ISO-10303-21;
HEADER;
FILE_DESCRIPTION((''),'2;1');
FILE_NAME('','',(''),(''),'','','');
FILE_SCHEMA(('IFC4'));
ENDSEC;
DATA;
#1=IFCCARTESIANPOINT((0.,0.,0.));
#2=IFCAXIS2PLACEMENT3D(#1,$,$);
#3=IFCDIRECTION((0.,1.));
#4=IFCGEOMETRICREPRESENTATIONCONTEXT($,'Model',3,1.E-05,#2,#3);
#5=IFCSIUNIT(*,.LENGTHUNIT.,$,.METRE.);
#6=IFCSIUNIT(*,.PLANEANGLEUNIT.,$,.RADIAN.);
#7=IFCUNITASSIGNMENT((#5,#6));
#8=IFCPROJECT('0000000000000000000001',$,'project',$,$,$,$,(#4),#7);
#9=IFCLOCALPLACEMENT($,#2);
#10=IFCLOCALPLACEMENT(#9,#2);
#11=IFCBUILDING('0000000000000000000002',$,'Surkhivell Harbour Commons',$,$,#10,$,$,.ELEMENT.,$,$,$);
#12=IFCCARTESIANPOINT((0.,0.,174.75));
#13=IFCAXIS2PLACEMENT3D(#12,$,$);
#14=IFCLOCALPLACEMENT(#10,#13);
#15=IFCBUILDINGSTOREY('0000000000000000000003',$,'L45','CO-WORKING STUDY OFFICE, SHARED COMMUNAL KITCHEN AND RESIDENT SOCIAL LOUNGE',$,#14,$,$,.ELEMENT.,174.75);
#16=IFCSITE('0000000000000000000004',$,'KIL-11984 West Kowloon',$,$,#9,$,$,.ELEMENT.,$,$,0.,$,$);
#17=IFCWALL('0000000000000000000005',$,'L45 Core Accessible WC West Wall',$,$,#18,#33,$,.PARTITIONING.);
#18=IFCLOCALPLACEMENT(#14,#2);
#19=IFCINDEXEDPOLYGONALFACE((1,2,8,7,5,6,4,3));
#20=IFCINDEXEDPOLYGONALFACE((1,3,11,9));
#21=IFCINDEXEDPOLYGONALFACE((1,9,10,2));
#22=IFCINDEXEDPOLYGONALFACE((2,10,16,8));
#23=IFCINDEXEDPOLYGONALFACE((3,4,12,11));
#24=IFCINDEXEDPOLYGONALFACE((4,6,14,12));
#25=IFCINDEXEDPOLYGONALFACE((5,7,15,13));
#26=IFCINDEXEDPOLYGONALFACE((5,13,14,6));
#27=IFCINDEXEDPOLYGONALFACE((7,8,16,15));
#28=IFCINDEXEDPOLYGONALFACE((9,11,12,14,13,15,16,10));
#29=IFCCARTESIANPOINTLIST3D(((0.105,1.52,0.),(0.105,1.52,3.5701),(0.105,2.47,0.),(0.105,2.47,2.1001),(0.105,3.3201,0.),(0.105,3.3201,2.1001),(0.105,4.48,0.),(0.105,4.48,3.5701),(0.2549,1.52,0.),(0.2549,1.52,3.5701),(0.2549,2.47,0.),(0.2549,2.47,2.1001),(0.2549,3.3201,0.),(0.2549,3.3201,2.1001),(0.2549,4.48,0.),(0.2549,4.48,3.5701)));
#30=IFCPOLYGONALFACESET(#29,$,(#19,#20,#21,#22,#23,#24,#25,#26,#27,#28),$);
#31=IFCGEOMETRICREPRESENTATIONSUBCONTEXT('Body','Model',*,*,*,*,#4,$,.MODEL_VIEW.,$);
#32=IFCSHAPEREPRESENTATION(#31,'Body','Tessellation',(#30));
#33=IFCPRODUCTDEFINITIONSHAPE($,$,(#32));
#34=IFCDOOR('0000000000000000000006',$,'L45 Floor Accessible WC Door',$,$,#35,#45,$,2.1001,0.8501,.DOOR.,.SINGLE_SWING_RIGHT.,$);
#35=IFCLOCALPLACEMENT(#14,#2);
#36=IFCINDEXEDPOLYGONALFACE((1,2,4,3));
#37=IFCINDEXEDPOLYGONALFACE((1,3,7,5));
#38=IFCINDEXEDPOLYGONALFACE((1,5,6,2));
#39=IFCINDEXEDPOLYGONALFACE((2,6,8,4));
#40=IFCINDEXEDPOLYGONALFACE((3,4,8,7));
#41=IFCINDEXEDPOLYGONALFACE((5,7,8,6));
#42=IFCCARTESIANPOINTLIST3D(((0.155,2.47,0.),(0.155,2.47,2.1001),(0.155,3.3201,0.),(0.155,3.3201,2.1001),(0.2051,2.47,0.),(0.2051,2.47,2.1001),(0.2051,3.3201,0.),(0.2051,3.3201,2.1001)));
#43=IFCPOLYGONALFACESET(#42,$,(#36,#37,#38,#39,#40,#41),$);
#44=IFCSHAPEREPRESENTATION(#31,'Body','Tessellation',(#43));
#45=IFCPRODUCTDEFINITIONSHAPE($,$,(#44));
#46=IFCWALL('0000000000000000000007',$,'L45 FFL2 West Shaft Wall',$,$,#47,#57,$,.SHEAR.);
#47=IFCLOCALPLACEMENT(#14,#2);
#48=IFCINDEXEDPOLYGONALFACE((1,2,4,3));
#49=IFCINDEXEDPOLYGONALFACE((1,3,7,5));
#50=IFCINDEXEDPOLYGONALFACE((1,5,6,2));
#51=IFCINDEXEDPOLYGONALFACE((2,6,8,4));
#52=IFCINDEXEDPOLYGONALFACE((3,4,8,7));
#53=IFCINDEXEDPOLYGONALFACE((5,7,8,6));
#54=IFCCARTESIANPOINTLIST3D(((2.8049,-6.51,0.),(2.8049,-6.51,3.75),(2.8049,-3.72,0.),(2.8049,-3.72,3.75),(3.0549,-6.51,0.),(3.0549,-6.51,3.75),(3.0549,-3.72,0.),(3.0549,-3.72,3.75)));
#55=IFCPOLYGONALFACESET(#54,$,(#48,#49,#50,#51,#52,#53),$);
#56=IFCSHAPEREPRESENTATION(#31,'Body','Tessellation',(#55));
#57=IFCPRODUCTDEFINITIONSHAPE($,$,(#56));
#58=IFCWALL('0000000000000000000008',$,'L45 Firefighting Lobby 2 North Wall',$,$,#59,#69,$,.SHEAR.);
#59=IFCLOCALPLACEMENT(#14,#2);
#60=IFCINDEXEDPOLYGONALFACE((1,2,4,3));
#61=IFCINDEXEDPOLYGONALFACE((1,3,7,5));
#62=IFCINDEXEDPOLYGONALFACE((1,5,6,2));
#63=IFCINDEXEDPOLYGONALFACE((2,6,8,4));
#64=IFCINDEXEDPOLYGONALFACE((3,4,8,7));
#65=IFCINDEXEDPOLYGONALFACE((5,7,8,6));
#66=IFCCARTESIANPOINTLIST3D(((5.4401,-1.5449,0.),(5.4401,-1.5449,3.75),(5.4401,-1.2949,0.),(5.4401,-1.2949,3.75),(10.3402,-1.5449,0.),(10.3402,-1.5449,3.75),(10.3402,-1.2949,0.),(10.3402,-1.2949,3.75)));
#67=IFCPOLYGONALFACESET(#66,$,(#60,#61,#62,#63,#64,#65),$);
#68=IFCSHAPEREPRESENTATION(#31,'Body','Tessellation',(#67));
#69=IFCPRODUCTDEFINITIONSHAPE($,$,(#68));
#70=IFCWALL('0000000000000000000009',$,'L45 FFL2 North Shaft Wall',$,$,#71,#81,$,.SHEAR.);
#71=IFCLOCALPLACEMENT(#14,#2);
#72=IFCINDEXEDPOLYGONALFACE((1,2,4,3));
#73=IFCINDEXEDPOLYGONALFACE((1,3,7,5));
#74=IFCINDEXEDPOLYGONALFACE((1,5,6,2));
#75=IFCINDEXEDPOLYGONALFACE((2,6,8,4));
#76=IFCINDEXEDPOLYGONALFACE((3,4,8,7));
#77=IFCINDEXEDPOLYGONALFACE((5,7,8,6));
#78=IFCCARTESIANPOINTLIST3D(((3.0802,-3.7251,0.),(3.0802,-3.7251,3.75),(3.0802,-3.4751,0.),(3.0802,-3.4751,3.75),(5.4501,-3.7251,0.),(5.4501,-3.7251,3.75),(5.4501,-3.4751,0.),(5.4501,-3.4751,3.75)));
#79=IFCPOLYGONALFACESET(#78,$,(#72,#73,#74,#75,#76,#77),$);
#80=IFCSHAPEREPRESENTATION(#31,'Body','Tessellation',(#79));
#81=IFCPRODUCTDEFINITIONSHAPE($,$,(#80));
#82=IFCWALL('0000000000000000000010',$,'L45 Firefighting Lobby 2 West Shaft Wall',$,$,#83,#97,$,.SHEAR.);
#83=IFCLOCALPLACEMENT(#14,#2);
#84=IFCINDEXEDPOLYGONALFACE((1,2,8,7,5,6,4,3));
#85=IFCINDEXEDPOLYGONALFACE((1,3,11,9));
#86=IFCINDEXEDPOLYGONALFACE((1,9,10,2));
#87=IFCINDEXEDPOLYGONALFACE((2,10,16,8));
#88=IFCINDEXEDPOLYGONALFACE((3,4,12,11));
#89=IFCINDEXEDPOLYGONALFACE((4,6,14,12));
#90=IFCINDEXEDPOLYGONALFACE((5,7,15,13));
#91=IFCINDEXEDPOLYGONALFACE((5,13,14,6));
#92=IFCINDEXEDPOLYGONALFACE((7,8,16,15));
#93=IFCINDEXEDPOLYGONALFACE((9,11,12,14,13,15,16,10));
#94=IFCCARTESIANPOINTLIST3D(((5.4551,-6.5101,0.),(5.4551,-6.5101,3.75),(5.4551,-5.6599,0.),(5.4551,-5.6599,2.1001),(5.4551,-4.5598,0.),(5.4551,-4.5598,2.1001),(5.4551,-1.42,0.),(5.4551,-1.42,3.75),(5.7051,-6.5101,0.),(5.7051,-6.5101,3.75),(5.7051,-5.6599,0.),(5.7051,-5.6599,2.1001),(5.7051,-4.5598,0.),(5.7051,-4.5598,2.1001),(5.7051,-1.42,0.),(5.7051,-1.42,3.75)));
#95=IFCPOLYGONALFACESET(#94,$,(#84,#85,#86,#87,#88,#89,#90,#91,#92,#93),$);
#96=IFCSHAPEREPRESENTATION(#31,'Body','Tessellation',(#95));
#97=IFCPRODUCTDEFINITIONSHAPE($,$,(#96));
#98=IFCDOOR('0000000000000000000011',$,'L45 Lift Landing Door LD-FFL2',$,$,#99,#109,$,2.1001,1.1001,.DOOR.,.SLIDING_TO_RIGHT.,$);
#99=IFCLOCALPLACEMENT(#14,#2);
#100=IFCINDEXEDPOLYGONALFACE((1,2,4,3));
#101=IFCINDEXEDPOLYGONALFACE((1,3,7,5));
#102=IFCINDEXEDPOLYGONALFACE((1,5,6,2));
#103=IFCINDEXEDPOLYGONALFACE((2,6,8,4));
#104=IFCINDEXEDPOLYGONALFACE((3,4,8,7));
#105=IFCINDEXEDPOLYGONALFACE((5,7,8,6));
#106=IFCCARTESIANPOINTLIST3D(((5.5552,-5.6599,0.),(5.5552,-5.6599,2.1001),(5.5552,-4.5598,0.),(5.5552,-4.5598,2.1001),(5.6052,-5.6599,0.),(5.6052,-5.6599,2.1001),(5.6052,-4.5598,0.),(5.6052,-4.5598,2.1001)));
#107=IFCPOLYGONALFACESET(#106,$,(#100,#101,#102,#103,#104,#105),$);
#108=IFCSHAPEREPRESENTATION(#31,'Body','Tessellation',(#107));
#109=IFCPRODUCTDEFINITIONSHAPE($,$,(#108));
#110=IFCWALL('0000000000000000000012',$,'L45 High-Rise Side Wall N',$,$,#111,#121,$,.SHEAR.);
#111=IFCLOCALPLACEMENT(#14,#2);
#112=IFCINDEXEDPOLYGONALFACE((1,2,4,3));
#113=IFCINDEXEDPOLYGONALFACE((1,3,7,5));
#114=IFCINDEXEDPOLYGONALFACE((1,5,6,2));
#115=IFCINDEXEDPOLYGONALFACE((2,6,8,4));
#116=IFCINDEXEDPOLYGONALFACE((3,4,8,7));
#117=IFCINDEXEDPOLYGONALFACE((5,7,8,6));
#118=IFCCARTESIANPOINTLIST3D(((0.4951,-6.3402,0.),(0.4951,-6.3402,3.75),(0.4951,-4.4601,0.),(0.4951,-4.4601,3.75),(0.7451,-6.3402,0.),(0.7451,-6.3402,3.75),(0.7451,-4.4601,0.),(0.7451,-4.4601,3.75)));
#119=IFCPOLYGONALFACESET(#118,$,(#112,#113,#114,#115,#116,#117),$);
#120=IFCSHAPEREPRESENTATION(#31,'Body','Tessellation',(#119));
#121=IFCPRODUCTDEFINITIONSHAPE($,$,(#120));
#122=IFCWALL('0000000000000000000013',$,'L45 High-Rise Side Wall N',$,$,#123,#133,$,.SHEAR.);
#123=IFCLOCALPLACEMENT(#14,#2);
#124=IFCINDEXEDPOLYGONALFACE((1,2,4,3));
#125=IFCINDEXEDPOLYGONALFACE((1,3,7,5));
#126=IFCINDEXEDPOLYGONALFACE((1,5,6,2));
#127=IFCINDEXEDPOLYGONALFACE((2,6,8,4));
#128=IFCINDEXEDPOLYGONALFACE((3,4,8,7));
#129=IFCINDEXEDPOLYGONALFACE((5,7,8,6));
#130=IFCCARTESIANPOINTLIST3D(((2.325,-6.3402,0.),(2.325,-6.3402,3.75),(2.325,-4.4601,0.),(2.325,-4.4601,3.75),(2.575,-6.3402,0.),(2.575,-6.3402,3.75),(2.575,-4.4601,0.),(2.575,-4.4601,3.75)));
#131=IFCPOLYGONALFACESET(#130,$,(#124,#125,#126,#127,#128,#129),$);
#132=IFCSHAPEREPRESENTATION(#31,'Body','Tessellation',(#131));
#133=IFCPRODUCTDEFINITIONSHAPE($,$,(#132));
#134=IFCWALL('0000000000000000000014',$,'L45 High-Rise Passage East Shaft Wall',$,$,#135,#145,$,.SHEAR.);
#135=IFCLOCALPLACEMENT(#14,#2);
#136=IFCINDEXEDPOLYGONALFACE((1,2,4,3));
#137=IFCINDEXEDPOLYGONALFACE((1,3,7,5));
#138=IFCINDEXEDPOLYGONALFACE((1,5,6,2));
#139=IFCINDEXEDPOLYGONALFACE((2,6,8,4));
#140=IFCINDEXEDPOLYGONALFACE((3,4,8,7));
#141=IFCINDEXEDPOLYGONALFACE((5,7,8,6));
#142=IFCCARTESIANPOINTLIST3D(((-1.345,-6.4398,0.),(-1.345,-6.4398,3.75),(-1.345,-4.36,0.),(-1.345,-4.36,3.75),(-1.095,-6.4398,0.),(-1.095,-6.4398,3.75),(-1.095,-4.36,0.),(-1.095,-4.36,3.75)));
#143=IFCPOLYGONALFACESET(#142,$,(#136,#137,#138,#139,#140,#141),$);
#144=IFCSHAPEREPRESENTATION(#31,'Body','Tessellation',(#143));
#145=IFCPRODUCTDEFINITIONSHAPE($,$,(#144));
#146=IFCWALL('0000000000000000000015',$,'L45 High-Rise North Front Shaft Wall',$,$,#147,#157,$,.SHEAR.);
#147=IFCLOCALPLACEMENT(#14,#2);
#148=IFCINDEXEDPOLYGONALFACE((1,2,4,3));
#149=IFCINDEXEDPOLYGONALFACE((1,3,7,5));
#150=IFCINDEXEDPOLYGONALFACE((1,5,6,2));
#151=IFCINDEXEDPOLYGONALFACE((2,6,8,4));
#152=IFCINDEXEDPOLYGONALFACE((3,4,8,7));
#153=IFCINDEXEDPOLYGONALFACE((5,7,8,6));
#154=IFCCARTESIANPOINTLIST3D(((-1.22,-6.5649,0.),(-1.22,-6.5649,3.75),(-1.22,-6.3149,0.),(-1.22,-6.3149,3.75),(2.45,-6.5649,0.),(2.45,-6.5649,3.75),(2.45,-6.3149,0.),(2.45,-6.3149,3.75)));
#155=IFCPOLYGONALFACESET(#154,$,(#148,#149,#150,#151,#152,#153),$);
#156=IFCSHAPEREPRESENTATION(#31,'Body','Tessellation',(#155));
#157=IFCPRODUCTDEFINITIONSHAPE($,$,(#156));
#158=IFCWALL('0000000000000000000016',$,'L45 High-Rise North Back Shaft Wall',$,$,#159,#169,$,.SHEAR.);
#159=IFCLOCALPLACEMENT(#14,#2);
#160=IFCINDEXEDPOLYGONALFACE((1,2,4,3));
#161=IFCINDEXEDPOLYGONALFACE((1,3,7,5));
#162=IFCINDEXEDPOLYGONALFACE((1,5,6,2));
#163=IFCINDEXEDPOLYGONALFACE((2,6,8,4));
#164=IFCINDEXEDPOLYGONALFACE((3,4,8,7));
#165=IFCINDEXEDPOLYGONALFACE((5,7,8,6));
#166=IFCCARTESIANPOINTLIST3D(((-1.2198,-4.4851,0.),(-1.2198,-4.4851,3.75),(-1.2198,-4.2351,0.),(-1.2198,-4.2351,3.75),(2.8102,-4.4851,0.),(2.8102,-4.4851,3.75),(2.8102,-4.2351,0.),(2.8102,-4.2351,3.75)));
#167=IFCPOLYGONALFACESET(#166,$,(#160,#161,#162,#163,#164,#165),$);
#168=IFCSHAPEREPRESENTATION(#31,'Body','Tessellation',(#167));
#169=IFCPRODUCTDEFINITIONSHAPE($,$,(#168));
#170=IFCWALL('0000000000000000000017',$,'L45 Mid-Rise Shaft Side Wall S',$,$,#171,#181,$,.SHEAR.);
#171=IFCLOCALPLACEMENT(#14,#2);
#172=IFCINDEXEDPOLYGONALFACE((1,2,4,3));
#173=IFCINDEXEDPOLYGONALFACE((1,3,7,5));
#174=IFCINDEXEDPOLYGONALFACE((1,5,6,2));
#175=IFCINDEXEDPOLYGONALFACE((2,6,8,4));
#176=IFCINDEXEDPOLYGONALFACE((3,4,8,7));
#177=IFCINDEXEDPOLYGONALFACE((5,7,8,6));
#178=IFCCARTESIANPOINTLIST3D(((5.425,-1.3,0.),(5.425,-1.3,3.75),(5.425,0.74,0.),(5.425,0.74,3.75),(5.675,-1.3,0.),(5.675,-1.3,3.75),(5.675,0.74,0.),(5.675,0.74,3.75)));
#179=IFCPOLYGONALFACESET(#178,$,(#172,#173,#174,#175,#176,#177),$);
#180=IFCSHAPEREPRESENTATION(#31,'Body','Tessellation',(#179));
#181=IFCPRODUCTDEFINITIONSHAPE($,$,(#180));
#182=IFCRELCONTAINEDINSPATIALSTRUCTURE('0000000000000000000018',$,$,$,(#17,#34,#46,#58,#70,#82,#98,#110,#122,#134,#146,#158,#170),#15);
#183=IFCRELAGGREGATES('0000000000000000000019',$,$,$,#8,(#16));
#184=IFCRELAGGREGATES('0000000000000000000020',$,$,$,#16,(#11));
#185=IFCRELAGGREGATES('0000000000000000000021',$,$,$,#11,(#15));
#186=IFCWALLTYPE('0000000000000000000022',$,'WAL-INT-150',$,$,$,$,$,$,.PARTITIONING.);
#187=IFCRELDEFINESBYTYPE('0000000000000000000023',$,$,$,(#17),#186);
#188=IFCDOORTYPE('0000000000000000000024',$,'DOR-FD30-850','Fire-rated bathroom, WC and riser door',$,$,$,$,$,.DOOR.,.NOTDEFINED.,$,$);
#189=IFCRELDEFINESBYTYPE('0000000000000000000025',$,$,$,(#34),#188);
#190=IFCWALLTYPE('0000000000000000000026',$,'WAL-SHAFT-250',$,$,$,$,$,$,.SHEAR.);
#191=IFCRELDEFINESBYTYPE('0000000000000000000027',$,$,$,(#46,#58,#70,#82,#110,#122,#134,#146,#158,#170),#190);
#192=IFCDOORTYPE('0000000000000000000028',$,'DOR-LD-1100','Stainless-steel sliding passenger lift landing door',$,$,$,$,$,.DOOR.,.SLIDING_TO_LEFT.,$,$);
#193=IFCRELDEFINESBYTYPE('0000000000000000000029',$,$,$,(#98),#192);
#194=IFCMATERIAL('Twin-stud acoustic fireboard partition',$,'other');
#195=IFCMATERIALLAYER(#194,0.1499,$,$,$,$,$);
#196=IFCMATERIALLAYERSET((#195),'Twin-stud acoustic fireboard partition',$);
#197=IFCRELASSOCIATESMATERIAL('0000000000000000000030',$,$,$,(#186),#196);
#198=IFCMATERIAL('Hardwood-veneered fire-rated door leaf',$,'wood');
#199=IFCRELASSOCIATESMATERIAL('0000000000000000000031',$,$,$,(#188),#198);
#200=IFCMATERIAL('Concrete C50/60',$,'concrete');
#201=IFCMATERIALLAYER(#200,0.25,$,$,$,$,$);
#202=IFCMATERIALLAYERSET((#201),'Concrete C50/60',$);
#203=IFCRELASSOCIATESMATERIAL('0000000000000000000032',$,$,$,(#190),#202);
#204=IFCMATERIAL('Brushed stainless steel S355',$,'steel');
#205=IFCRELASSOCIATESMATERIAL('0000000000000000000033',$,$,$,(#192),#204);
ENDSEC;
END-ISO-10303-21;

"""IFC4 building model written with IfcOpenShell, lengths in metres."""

from ifc_helpers import new_model, si_unit, direction, frame, frame_2d, origin, place, context, subcontext, project, spatial, rectangle, extrude, material, layer, layer_set, type_object, element, fill, save


model = new_model("IFC4")

# Units and contexts
model_context = context("Model", 3, precision=1e-05, world=origin(), true_north=direction((0.0, 1.0)))
body_context = subcontext(model_context, "Body", "Model", "MODEL_VIEW")
ifc_project = project(units=[si_unit("LENGTHUNIT", "METRE"), si_unit("PLANEANGLEUNIT", "RADIAN")], contexts=[model_context])

# Site, building, storey
site_placement = place(None, origin())
site = spatial("IfcSite", under=ifc_project, at=site_placement, Name="KIL-11984 West Kowloon", CompositionType="ELEMENT", RefElevation=0.0)
building_placement = place(site_placement, origin())
building = spatial("IfcBuilding", under=site, at=building_placement, Name="Surkhivell Harbour Commons", CompositionType="ELEMENT")
storey_placement = place(building_placement, frame((0.0, 0.0, 174.75)))
storey = spatial("IfcBuildingStorey", under=building, at=storey_placement, Name="L45", Description="CO-WORKING STUDY OFFICE, SHARED COMMUNAL KITCHEN AND RESIDENT SOCIAL LOUNGE", CompositionType="ELEMENT", Elevation=174.75)

# Shared definitions
ifc_material_1 = material(Name="Twin-stud acoustic fireboard partition", Category="other")
ifc_layer_1 = layer(ifc_material_1, 0.1499)
ifc_layer_set_1 = layer_set([ifc_layer_1], Name="Twin-stud acoustic fireboard partition")
wall_type_1 = type_object("IfcWallType", Name="WAL-INT-150", PredefinedType="PARTITIONING", material=ifc_layer_set_1)

# Wall, opening, door
wall_1_placement = place(storey_placement, frame((0.1799, 1.52, 0.0), z_axis=(0.0, 0.0, 1.0), x_axis=(0.0, 1.0, 0.0)))
wall_1 = element("IfcWall", 1, at=wall_1_placement, inside=storey, type_object=wall_type_1, Name="L45 Core Accessible WC West Wall", PredefinedType="PARTITIONING", context=body_context, shape_type="SweptSolid", body=[
    extrude(rectangle(XDim=2.96, YDim=0.1499, at=frame_2d((1.48, 0.0))), origin(), (0.0, 0.0, 1.0), 3.5701),
])
opening_1_placement = place(wall_1_placement, frame((0.95, 0.0, 0.0)))
opening_1 = element("IfcOpeningElement", 2, at=opening_1_placement, cuts=wall_1, PredefinedType="OPENING", context=body_context, shape_type="SweptSolid", body=[
    extrude(rectangle(XDim=0.8501, YDim=2.1001, at=frame_2d((0.425, 1.05))), frame((0.0, 0.085, 0.0), z_axis=(0.0, -1.0, 0.0), x_axis=(1.0, 0.0, 0.0)), (0.0, 0.0, 1.0), 0.1699),
])
ifc_material_2 = material(Name="Hardwood-veneered fire-rated door leaf", Category="wood")
door_type_1 = type_object("IfcDoorType", Name="DOR-FD30-850", Description="Fire-rated bathroom, WC and riser door", OperationType="NOTDEFINED", PredefinedType="DOOR", material=ifc_material_2)
door_1_placement = place(opening_1_placement, origin())
door_1 = element("IfcDoor", 3, at=door_1_placement, inside=storey, type_object=door_type_1, Name="L45 Floor Accessible WC Door", OperationType="SINGLE_SWING_RIGHT", OverallHeight=2.1001, OverallWidth=0.8501, PredefinedType="DOOR", context=body_context, shape_type="SweptSolid", body=[
    extrude(rectangle(XDim=0.8501, YDim=2.1001, at=frame_2d((0.425, 1.05))), frame((0.0, 0.0249, 0.0), z_axis=(0.0, -1.0, 0.0), x_axis=(1.0, 0.0, 0.0)), (0.0, 0.0, 1.0), 0.05),
])
fill(opening_1, door_1)

# Walls
ifc_material_3 = material(Name="Concrete C50/60", Category="concrete")
ifc_layer_2 = layer(ifc_material_3, 0.25)
ifc_layer_set_2 = layer_set([ifc_layer_2], Name="Concrete C50/60")
wall_type_2 = type_object("IfcWallType", Name="WAL-SHAFT-250", PredefinedType="SHEAR", material=ifc_layer_set_2)
wall_2_placement = place(storey_placement, frame((2.9299, -6.51, 0.0), z_axis=(0.0, 0.0, 1.0), x_axis=(0.0, 1.0, 0.0)))
element("IfcWall", 4, at=wall_2_placement, inside=storey, type_object=wall_type_2, Name="L45 FFL2 West Shaft Wall", PredefinedType="SHEAR", context=body_context, shape_type="SweptSolid", body=[
    extrude(rectangle(XDim=2.79, YDim=0.25, at=frame_2d((1.395, 0.0))), origin(), (0.0, 0.0, 1.0), 3.75),
])
wall_3_placement = place(storey_placement, frame((5.4399, -1.4199, 0.0), z_axis=(0.0, 0.0, 1.0), x_axis=(1.0, 0.0, 0.0)))
element("IfcWall", 5, at=wall_3_placement, inside=storey, type_object=wall_type_2, Name="L45 Firefighting Lobby 2 North Wall", PredefinedType="SHEAR", context=body_context, shape_type="SweptSolid", body=[
    extrude(rectangle(XDim=4.9001, YDim=0.25, at=frame_2d((2.4502, 0.0))), origin(), (0.0, 0.0, 1.0), 3.75),
])
wall_4_placement = place(storey_placement, frame((3.0801, -3.6001, 0.0), z_axis=(0.0, 0.0, 1.0), x_axis=(1.0, 0.0, 0.0)))
element("IfcWall", 6, at=wall_4_placement, inside=storey, type_object=wall_type_2, Name="L45 FFL2 North Shaft Wall", PredefinedType="SHEAR", context=body_context, shape_type="SweptSolid", body=[
    extrude(rectangle(XDim=2.3699, YDim=0.25, at=frame_2d((1.1851, 0.0))), origin(), (0.0, 0.0, 1.0), 3.75),
])

# Wall, opening, door
wall_5_placement = place(storey_placement, frame((5.5801, -6.51, 0.0), z_axis=(0.0, 0.0, 1.0), x_axis=(0.0, 1.0, 0.0)))
wall_5 = element("IfcWall", 7, at=wall_5_placement, inside=storey, type_object=wall_type_2, Name="L45 Firefighting Lobby 2 West Shaft Wall", PredefinedType="SHEAR", context=body_context, shape_type="SweptSolid", body=[
    extrude(rectangle(XDim=5.0901, YDim=0.25, at=frame_2d((2.5449, 0.0))), origin(), (0.0, 0.0, 1.0), 3.75),
])
opening_2_placement = place(wall_5_placement, frame((0.8501, 0.0, 0.0)))
opening_2 = element("IfcOpeningElement", 8, at=opening_2_placement, cuts=wall_5, PredefinedType="OPENING", context=body_context, shape_type="SweptSolid", body=[
    extrude(rectangle(XDim=1.1001, YDim=2.1001, at=frame_2d((0.55, 1.05))), frame((0.0, 0.135, 0.0), z_axis=(0.0, -1.0, 0.0), x_axis=(1.0, 0.0, 0.0)), (0.0, 0.0, 1.0), 0.27),
])
ifc_material_4 = material(Name="Brushed stainless steel S355", Category="steel")
door_type_2 = type_object("IfcDoorType", Name="DOR-LD-1100", Description="Stainless-steel sliding passenger lift landing door", OperationType="SLIDING_TO_LEFT", PredefinedType="DOOR", material=ifc_material_4)
door_2_placement = place(opening_2_placement, origin())
door_2 = element("IfcDoor", 9, at=door_2_placement, inside=storey, type_object=door_type_2, Name="L45 Lift Landing Door LD-FFL2", OperationType="SLIDING_TO_RIGHT", OverallHeight=2.1001, OverallWidth=1.1001, PredefinedType="DOOR", context=body_context, shape_type="SweptSolid", body=[
    extrude(rectangle(XDim=1.1001, YDim=2.1001, at=frame_2d((0.55, 1.05))), frame((0.0, 0.0249, 0.0), z_axis=(0.0, -1.0, 0.0), x_axis=(1.0, 0.0, 0.0)), (0.0, 0.0, 1.0), 0.05),
])
fill(opening_2, door_2)

# Walls
for number, where, z_axis, x_axis, name in (
    (10, (0.6201, -6.3401, 0.0), (0.0, 0.0, 1.0), (0.0, 1.0, 0.0), "L45 High-Rise Side Wall N"),
    (11, (2.45, -6.3401, 0.0), (0.0, 0.0, 1.0), (0.0, 1.0, 0.0), "L45 High-Rise Side Wall N"),
):
    element("IfcWall", number, at=place(storey_placement, frame(where, z_axis=z_axis, x_axis=x_axis)), inside=storey, type_object=wall_type_2, Name=name, PredefinedType="SHEAR", context=body_context, shape_type="SweptSolid", body=[
        extrude(rectangle(XDim=1.8801, YDim=0.25, at=frame_2d((0.9399, 0.0))), origin(), (0.0, 0.0, 1.0), 3.75),
    ])
wall_6_placement = place(storey_placement, frame((-1.22, -6.4399, 0.0), z_axis=(0.0, 0.0, 1.0), x_axis=(0.0, 1.0, 0.0)))
element("IfcWall", 12, at=wall_6_placement, inside=storey, type_object=wall_type_2, Name="L45 High-Rise Passage East Shaft Wall", PredefinedType="SHEAR", context=body_context, shape_type="SweptSolid", body=[
    extrude(rectangle(XDim=2.0798, YDim=0.25, at=frame_2d((1.04, 0.0))), origin(), (0.0, 0.0, 1.0), 3.75),
])
wall_7_placement = place(storey_placement, frame((-1.22, -6.4399, 0.0), z_axis=(0.0, 0.0, 1.0), x_axis=(1.0, 0.0, 0.0)))
element("IfcWall", 13, at=wall_7_placement, inside=storey, type_object=wall_type_2, Name="L45 High-Rise North Front Shaft Wall", PredefinedType="SHEAR", context=body_context, shape_type="SweptSolid", body=[
    extrude(rectangle(XDim=3.6699, YDim=0.25, at=frame_2d((1.835, 0.0))), origin(), (0.0, 0.0, 1.0), 3.75),
])
wall_8_placement = place(storey_placement, frame((-1.22, -4.3601, 0.0), z_axis=(0.0, 0.0, 1.0), x_axis=(1.0, 0.0, 0.0)))
element("IfcWall", 14, at=wall_8_placement, inside=storey, type_object=wall_type_2, Name="L45 High-Rise North Back Shaft Wall", PredefinedType="SHEAR", context=body_context, shape_type="SweptSolid", body=[
    extrude(rectangle(XDim=4.03, YDim=0.25, at=frame_2d((2.0151, 0.0))), origin(), (0.0, 0.0, 1.0), 3.75),
])
wall_9_placement = place(storey_placement, frame((5.55, -1.3, 0.0), z_axis=(0.0, 0.0, 1.0), x_axis=(0.0, 1.0, 0.0)))
element("IfcWall", 15, at=wall_9_placement, inside=storey, type_object=wall_type_2, Name="L45 Mid-Rise Shaft Side Wall S", PredefinedType="SHEAR", context=body_context, shape_type="SweptSolid", body=[
    extrude(rectangle(XDim=2.04, YDim=0.25, at=frame_2d((1.02, 0.0))), origin(), (0.0, 0.0, 1.0), 3.75),
])

save(model, "model.ifc")
